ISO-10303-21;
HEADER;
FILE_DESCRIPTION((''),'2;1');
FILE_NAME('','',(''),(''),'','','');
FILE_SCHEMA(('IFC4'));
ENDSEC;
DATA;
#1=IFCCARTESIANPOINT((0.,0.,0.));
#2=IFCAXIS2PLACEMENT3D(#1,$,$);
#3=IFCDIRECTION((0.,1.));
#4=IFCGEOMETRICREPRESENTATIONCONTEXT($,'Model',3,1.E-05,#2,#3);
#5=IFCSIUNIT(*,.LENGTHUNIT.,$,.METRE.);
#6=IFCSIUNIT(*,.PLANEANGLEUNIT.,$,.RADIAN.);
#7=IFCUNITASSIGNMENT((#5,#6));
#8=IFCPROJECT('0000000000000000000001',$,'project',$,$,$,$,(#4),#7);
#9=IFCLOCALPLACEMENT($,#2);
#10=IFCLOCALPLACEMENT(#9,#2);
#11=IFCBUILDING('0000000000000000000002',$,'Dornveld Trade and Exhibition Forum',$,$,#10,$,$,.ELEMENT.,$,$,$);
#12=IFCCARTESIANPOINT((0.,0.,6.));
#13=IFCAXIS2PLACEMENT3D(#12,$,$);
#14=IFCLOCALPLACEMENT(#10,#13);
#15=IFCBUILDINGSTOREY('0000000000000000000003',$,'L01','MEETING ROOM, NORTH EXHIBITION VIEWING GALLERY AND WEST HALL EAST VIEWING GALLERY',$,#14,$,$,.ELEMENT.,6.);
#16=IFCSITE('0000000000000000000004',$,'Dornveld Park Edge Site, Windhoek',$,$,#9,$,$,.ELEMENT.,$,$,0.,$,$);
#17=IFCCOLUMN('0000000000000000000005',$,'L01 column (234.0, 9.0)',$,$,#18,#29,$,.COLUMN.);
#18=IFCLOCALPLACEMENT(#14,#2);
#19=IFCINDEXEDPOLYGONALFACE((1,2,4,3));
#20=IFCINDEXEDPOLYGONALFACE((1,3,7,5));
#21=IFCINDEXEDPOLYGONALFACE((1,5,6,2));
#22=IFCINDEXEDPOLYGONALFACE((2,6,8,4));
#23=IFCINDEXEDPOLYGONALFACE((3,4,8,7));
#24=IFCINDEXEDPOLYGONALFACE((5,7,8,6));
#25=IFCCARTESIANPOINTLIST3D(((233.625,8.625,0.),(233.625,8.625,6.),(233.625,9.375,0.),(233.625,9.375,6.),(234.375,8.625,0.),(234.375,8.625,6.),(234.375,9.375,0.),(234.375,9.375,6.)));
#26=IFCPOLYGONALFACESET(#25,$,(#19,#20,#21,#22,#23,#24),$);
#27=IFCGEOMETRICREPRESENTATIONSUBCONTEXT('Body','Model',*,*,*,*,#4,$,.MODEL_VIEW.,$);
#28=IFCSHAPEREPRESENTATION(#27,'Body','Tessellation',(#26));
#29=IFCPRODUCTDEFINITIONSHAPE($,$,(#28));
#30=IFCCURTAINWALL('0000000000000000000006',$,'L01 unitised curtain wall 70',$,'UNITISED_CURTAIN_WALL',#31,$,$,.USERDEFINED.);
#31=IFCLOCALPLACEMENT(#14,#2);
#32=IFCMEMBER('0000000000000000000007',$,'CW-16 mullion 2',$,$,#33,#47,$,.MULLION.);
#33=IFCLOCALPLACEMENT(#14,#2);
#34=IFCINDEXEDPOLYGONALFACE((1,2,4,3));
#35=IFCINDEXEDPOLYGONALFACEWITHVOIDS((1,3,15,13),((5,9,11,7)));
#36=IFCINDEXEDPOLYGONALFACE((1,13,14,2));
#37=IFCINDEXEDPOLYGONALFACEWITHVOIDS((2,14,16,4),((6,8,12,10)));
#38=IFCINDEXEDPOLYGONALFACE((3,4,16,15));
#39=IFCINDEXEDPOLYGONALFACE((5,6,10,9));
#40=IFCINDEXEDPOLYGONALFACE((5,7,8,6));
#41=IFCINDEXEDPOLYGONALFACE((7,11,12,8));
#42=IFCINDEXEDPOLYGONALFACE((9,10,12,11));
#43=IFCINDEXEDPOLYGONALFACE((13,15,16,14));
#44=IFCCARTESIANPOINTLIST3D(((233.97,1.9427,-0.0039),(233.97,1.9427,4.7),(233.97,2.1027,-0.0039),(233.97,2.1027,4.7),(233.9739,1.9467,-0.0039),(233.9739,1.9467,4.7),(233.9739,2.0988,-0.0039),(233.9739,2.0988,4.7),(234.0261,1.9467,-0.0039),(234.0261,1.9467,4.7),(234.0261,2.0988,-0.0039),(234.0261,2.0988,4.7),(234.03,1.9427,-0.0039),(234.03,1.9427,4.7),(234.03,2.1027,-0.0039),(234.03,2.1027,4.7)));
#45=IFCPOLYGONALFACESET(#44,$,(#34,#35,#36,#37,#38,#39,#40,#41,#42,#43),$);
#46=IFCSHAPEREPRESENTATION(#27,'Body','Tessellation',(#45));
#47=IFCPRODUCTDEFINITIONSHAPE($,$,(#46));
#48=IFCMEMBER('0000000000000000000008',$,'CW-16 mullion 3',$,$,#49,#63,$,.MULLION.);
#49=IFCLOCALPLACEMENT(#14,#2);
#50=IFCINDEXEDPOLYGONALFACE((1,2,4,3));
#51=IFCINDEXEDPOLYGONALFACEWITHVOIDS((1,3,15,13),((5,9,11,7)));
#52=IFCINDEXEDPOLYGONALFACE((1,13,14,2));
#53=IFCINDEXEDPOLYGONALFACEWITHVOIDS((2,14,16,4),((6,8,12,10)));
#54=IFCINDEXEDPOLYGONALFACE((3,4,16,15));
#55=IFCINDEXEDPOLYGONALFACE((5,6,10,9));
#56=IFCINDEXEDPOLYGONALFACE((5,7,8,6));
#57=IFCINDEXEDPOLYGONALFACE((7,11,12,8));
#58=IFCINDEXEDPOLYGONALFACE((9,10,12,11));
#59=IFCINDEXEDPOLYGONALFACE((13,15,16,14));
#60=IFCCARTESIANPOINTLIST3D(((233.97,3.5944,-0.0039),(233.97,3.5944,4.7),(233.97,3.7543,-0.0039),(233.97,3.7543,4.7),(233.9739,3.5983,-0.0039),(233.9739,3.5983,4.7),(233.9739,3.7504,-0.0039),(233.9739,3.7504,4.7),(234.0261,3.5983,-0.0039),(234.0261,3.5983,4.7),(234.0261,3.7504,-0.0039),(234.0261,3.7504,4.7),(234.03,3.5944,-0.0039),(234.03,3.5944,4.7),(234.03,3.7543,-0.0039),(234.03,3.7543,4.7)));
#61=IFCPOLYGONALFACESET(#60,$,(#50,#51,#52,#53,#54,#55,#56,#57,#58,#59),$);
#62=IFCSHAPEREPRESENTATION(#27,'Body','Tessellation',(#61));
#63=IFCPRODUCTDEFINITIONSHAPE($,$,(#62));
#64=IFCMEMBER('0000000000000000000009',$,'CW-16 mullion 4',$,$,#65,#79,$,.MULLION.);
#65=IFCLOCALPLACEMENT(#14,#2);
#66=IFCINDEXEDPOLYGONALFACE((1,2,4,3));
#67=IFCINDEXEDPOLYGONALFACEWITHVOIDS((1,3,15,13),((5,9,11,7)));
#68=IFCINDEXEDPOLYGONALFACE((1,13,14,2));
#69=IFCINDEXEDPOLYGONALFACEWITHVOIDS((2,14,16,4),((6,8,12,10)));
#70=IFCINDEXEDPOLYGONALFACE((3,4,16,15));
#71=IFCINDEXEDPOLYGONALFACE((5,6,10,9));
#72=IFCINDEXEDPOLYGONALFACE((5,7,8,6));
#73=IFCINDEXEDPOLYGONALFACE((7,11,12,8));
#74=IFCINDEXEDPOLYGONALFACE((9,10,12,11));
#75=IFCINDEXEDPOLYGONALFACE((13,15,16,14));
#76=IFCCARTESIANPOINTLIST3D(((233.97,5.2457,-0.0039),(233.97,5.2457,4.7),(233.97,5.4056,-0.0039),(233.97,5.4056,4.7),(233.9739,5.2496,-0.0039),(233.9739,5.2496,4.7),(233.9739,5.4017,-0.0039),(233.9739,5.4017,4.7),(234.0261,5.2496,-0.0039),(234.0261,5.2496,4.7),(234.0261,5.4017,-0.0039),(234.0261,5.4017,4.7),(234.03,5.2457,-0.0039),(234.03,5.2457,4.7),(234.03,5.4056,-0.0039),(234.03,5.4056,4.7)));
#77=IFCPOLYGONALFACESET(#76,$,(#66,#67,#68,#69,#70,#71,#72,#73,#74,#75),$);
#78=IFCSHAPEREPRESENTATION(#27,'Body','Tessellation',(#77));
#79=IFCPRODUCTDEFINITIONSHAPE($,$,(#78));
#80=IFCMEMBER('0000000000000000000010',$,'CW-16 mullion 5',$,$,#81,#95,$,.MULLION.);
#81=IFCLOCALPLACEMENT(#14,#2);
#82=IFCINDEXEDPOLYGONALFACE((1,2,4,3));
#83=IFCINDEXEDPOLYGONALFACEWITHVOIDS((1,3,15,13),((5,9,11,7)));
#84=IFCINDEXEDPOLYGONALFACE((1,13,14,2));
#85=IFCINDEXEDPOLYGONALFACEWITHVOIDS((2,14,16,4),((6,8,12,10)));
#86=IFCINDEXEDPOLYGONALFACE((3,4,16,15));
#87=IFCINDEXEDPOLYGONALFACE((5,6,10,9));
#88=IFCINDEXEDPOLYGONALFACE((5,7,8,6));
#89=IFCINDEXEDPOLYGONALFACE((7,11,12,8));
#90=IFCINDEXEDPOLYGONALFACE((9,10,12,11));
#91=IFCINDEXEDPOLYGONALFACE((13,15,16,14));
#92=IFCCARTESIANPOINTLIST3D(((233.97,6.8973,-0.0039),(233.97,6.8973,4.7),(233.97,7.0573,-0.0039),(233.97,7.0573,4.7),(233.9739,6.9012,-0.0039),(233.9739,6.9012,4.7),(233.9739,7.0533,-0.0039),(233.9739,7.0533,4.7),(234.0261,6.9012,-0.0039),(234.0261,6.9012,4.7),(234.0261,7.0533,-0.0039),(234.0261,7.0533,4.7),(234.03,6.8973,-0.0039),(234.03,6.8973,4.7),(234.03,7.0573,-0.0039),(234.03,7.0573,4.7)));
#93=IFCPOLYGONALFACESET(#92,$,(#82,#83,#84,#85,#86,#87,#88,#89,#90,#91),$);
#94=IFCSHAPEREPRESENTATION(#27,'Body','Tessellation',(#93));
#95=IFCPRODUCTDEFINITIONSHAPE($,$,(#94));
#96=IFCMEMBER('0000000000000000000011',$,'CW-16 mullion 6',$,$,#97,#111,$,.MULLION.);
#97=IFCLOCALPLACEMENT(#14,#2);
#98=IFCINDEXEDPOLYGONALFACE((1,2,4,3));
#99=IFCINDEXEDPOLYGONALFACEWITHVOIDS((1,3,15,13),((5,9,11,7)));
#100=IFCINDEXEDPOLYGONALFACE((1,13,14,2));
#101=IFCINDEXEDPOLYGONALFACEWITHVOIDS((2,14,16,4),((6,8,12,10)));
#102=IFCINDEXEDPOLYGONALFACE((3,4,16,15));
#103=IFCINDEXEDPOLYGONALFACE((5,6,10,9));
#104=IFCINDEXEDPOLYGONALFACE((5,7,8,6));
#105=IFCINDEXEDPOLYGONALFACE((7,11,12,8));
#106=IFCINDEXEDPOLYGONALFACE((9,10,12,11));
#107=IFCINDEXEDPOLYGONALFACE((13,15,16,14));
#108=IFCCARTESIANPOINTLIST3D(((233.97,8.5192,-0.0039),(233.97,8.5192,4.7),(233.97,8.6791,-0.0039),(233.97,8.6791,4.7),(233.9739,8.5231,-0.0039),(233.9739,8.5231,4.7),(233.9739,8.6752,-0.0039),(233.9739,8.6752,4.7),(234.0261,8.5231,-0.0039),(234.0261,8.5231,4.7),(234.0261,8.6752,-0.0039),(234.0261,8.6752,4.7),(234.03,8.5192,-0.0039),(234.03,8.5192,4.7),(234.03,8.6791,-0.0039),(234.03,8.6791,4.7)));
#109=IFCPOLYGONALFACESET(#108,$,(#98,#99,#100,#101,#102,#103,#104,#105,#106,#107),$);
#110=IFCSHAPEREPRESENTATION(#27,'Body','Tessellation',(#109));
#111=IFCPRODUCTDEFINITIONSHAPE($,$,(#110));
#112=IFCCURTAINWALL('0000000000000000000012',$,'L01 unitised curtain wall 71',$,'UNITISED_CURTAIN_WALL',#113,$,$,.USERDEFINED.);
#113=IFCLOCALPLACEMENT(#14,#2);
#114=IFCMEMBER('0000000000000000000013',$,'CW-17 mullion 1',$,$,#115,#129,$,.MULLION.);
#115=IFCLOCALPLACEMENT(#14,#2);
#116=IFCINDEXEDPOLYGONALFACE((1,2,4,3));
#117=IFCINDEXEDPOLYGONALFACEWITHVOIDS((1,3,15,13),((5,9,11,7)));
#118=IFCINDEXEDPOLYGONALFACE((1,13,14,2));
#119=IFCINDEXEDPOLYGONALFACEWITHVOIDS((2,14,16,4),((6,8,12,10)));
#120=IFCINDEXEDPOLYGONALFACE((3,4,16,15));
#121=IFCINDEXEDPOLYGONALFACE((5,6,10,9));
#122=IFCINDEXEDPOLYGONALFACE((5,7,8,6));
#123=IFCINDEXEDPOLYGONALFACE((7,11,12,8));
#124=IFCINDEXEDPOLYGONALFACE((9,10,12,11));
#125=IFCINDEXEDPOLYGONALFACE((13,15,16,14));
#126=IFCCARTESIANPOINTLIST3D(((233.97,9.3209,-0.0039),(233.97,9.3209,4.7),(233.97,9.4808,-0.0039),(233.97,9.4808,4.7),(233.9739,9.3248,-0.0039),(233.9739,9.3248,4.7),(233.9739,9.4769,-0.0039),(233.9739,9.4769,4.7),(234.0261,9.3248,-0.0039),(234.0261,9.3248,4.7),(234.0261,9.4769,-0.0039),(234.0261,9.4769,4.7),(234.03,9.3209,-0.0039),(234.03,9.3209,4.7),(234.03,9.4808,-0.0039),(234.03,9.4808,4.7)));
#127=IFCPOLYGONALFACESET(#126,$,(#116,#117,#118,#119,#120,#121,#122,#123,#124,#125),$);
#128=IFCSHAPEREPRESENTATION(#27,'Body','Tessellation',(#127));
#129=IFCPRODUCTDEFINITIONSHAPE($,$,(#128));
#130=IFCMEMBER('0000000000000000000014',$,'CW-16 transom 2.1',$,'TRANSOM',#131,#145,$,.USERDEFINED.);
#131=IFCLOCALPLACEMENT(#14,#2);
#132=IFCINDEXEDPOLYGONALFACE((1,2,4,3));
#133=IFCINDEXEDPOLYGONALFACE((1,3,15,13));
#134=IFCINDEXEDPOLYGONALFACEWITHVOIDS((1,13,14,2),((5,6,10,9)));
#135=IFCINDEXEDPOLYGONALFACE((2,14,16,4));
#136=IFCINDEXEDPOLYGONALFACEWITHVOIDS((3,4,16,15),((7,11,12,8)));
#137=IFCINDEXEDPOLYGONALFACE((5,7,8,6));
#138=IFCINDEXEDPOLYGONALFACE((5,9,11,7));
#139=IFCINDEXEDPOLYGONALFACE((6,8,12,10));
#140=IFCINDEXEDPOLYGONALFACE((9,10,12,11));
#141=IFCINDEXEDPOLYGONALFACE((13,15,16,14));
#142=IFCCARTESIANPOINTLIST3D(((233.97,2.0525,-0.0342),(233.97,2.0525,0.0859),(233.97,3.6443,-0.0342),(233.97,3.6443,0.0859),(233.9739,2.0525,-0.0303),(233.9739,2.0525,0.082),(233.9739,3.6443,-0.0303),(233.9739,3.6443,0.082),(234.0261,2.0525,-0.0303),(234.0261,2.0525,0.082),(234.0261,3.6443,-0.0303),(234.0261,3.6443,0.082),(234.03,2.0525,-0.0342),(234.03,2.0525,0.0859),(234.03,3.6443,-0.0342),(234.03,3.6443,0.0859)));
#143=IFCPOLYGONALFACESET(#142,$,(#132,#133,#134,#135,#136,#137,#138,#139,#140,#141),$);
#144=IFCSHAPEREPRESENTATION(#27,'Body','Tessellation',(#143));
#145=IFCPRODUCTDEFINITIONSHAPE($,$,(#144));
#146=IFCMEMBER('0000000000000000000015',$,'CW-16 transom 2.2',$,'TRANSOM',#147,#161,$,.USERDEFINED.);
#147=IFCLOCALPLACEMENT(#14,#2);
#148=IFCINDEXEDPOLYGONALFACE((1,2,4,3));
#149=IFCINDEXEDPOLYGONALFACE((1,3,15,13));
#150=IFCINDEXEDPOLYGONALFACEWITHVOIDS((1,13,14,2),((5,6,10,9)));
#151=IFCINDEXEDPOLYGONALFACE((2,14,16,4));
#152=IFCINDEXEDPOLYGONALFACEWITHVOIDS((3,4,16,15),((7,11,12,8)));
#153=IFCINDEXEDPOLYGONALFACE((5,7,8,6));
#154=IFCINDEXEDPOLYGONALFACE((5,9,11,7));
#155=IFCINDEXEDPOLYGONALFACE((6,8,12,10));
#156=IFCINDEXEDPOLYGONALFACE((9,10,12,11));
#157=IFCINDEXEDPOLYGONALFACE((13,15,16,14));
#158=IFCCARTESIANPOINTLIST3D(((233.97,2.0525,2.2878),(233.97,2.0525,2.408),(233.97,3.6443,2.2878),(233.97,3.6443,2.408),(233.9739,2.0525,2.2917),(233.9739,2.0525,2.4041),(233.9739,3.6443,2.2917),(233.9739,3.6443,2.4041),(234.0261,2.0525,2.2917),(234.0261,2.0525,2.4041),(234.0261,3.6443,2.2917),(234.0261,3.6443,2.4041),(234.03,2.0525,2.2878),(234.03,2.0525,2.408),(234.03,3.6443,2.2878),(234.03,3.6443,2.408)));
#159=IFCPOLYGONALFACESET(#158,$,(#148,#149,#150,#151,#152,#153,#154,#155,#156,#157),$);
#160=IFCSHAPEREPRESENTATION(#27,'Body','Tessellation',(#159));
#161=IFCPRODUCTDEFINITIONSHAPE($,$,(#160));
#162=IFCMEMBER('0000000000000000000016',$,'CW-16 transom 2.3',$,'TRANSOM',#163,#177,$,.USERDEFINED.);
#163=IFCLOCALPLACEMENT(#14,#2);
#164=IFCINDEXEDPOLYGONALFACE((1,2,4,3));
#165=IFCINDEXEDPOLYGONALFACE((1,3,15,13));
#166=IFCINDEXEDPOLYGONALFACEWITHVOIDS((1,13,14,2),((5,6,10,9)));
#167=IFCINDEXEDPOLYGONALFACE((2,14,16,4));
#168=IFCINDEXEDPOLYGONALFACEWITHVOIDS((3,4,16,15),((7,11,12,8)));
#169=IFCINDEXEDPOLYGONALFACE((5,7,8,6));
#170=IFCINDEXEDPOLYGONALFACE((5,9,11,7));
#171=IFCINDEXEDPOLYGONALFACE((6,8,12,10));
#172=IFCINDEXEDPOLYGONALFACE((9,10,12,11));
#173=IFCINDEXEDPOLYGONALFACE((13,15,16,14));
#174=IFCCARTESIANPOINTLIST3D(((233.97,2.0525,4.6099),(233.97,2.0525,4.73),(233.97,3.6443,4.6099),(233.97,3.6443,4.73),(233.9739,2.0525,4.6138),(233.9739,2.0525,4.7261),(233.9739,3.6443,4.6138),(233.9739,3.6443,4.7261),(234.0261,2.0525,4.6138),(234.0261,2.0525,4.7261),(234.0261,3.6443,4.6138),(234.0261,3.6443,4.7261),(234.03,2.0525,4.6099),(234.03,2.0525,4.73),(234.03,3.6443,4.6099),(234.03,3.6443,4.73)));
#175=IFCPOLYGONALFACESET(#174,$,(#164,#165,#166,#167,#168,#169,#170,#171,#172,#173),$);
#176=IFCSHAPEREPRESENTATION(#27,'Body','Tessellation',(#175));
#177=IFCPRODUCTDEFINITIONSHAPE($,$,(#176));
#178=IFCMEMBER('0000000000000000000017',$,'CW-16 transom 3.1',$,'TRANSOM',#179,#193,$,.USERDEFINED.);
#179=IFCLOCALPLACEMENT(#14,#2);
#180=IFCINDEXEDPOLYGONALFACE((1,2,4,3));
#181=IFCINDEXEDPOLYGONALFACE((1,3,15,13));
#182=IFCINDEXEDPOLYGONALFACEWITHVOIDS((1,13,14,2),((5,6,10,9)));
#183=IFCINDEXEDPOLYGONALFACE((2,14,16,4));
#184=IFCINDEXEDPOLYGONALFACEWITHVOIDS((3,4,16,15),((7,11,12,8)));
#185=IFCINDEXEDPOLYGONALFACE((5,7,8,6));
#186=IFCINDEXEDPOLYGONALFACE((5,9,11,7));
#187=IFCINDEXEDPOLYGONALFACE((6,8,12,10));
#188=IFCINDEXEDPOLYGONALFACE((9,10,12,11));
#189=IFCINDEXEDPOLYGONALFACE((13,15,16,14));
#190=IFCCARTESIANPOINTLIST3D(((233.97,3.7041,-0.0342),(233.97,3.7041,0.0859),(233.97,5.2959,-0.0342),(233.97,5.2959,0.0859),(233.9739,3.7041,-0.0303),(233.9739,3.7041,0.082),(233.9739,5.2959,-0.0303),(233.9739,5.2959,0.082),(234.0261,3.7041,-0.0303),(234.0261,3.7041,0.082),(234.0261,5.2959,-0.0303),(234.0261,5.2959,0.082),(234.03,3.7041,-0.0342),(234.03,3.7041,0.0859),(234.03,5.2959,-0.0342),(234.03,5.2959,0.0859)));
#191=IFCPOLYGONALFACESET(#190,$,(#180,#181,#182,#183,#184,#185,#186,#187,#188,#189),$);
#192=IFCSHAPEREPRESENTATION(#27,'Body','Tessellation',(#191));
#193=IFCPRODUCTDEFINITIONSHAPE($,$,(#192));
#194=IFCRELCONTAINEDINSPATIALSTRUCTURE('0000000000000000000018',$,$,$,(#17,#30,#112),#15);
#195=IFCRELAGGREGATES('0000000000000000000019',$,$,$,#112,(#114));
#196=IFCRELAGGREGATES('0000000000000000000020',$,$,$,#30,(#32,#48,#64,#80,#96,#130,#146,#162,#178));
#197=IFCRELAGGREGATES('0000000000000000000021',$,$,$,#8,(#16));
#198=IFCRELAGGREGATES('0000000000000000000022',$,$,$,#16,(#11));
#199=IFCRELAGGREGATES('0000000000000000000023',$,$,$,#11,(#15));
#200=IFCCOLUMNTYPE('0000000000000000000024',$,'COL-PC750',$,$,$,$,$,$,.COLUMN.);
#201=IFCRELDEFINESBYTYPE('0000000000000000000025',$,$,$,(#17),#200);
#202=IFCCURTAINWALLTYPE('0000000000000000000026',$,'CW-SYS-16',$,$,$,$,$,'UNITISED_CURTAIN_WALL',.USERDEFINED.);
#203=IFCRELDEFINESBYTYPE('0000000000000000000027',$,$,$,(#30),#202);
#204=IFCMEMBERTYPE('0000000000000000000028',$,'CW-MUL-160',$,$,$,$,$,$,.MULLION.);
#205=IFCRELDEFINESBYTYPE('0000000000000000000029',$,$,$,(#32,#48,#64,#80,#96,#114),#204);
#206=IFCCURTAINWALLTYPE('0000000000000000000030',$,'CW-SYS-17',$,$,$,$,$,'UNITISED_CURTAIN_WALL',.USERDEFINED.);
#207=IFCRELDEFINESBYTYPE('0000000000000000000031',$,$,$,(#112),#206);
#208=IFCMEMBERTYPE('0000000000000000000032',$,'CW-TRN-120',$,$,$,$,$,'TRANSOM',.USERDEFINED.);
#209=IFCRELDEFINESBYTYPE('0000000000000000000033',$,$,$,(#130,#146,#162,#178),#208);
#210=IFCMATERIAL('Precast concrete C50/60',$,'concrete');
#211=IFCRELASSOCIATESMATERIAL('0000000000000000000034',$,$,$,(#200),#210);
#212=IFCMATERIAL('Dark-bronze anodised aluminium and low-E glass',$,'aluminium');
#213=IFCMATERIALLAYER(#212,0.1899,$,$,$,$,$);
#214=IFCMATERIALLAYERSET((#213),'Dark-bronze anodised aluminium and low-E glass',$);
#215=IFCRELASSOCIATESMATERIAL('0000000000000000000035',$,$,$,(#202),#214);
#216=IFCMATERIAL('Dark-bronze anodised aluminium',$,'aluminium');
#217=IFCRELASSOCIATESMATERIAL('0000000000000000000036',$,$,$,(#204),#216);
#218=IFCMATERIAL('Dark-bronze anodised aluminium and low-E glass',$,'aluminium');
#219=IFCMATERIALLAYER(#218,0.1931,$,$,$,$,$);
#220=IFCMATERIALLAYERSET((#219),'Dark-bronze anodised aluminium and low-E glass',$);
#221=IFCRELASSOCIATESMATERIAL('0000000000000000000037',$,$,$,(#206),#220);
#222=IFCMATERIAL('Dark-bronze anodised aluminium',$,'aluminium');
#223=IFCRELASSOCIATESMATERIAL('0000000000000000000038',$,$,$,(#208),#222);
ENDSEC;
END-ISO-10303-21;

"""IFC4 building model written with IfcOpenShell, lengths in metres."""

from ifc_helpers import new_model, si_unit, direction, frame, origin, origin_2d, place, context, subcontext, project, spatial, rectangle, hollow_rectangle, extrude, material, layer, layer_set, material_profile, profile_set, type_object, element, aggregate, save


model = new_model("IFC4")

# Units and contexts
model_context = context("Model", 3, precision=1e-05, world=origin(), true_north=direction((0.0, 1.0)))
body_context = subcontext(model_context, "Body", "Model", "MODEL_VIEW")
ifc_project = project(units=[si_unit("LENGTHUNIT", "METRE"), si_unit("PLANEANGLEUNIT", "RADIAN")], contexts=[model_context])

# Site, building, storey
site_placement = place(None, origin())
site = spatial("IfcSite", under=ifc_project, at=site_placement, Name="Dornveld Park Edge Site, Windhoek", CompositionType="ELEMENT", RefElevation=0.0)
building_placement = place(site_placement, origin())
building = spatial("IfcBuilding", under=site, at=building_placement, Name="Dornveld Trade and Exhibition Forum", CompositionType="ELEMENT")
storey_placement = place(building_placement, frame((0.0, 0.0, 6.0)))
storey = spatial("IfcBuildingStorey", under=building, at=storey_placement, Name="L01", Description="MEETING ROOM, NORTH EXHIBITION VIEWING GALLERY AND WEST HALL EAST VIEWING GALLERY", CompositionType="ELEMENT", Elevation=6.0)

# Column
ifc_material_1 = material(Name="Precast concrete C50/60", Category="concrete")
ifc_material_profile_1 = material_profile(ifc_material_1, rectangle(XDim=0.75, YDim=0.75, at=origin_2d()), Name="PC-COL 750x750")
ifc_profile_set_1 = profile_set([ifc_material_profile_1], Name="Precast concrete C50/60")
column_type = type_object("IfcColumnType", Name="COL-PC750", PredefinedType="COLUMN", material=ifc_profile_set_1)
column_placement = place(storey_placement, frame((234.0, 9.0, 0.0), z_axis=(0.0, 0.0, 1.0), x_axis=(1.0, 0.0, 0.0)))
element("IfcColumn", 1, at=column_placement, inside=storey, type_object=column_type, Name="L01 column (234.0, 9.0)", PredefinedType="COLUMN", context=body_context, shape_type="SweptSolid", body=[
    extrude(rectangle(XDim=0.75, YDim=0.75, at=origin_2d()), origin(), (0.0, 0.0, 1.0), 6.0),
])

# Curtain wall, members
ifc_material_2 = material(Name="Dark-bronze anodised aluminium and low-E glass", Category="aluminium")
ifc_layer_1 = layer(ifc_material_2, 0.1899)
ifc_layer_set_1 = layer_set([ifc_layer_1], Name="Dark-bronze anodised aluminium and low-E glass")
curtain_wall_type_1 = type_object("IfcCurtainWallType", Name="CW-SYS-16", ElementType="UNITISED_CURTAIN_WALL", PredefinedType="USERDEFINED", material=ifc_layer_set_1)
curtain_wall_1_placement = place(storey_placement, origin())
curtain_wall_1 = element("IfcCurtainWall", 2, at=curtain_wall_1_placement, inside=storey, type_object=curtain_wall_type_1, Name="L01 unitised curtain wall 70", ObjectType="UNITISED_CURTAIN_WALL", PredefinedType="USERDEFINED")
ifc_material_3 = material(Name="Dark-bronze anodised aluminium", Category="aluminium")
ifc_material_profile_2 = material_profile(ifc_material_3, hollow_rectangle(XDim=0.0601, YDim=0.1599, WallThickness=0.0039, at=origin_2d()), Name="RHS 160x60x4")
ifc_profile_set_2 = profile_set([ifc_material_profile_2], Name="Dark-bronze anodised aluminium")
member_type_1 = type_object("IfcMemberType", Name="CW-MUL-160", PredefinedType="MULLION", material=ifc_profile_set_2)
member_1_placement = place(storey_placement, frame((234.0, 2.0227, -0.0039), z_axis=(0.0, 0.0, 1.0), x_axis=(-1.0, 0.0, 0.0)))
member_1 = element("IfcMember", 3, at=member_1_placement, type_object=member_type_1, Name="CW-16 mullion 2", PredefinedType="MULLION", context=body_context, shape_type="SweptSolid", body=[
    extrude(hollow_rectangle(XDim=0.0601, YDim=0.1599, WallThickness=0.0039, at=origin_2d()), origin(), (0.0, 0.0, 1.0), 4.7039),
])
member_2_placement = place(storey_placement, frame((234.0, 3.6743, -0.0039), z_axis=(0.0, 0.0, 1.0), x_axis=(-1.0, 0.0, 0.0)))
member_2 = element("IfcMember", 4, at=member_2_placement, type_object=member_type_1, Name="CW-16 mullion 3", PredefinedType="MULLION", context=body_context, shape_type="SweptSolid", body=[
    extrude(hollow_rectangle(XDim=0.0601, YDim=0.1599, WallThickness=0.0039, at=origin_2d()), origin(), (0.0, 0.0, 1.0), 4.7039),
])
member_3_placement = place(storey_placement, frame((234.0, 5.3257, -0.0039), z_axis=(0.0, 0.0, 1.0), x_axis=(-1.0, 0.0, 0.0)))
member_3 = element("IfcMember", 5, at=member_3_placement, type_object=member_type_1, Name="CW-16 mullion 4", PredefinedType="MULLION", context=body_context, shape_type="SweptSolid", body=[
    extrude(hollow_rectangle(XDim=0.0601, YDim=0.1599, WallThickness=0.0039, at=origin_2d()), origin(), (0.0, 0.0, 1.0), 4.7039),
])
member_4_placement = place(storey_placement, frame((234.0, 6.9773, -0.0039), z_axis=(0.0, 0.0, 1.0), x_axis=(-1.0, 0.0, 0.0)))
member_4 = element("IfcMember", 6, at=member_4_placement, type_object=member_type_1, Name="CW-16 mullion 5", PredefinedType="MULLION", context=body_context, shape_type="SweptSolid", body=[
    extrude(hollow_rectangle(XDim=0.0601, YDim=0.1599, WallThickness=0.0039, at=origin_2d()), origin(), (0.0, 0.0, 1.0), 4.7039),
])
member_5_placement = place(storey_placement, frame((234.0, 8.5991, -0.0039), z_axis=(0.0, 0.0, 1.0), x_axis=(-1.0, 0.0, 0.0)))
member_5 = element("IfcMember", 7, at=member_5_placement, type_object=member_type_1, Name="CW-16 mullion 6", PredefinedType="MULLION", context=body_context, shape_type="SweptSolid", body=[
    extrude(hollow_rectangle(XDim=0.0601, YDim=0.1599, WallThickness=0.0039, at=origin_2d()), origin(), (0.0, 0.0, 1.0), 4.7039),
])

# Curtain wall, member
ifc_material_4 = material(Name="Dark-bronze anodised aluminium and low-E glass", Category="aluminium")
ifc_layer_2 = layer(ifc_material_4, 0.1931)
ifc_layer_set_2 = layer_set([ifc_layer_2], Name="Dark-bronze anodised aluminium and low-E glass")
curtain_wall_type_2 = type_object("IfcCurtainWallType", Name="CW-SYS-17", ElementType="UNITISED_CURTAIN_WALL", PredefinedType="USERDEFINED", material=ifc_layer_set_2)
curtain_wall_2_placement = place(storey_placement, origin())
curtain_wall_2 = element("IfcCurtainWall", 8, at=curtain_wall_2_placement, inside=storey, type_object=curtain_wall_type_2, Name="L01 unitised curtain wall 71", ObjectType="UNITISED_CURTAIN_WALL", PredefinedType="USERDEFINED")
member_6_placement = place(storey_placement, frame((234.0, 9.4009, -0.0039), z_axis=(0.0, 0.0, 1.0), x_axis=(-1.0, 0.0, 0.0)))
member_6 = element("IfcMember", 9, at=member_6_placement, type_object=member_type_1, Name="CW-17 mullion 1", PredefinedType="MULLION", context=body_context, shape_type="SweptSolid", body=[
    extrude(hollow_rectangle(XDim=0.0601, YDim=0.1599, WallThickness=0.0039, at=origin_2d()), origin(), (0.0, 0.0, 1.0), 4.7039),
])

# Members
ifc_material_5 = material(Name="Dark-bronze anodised aluminium", Category="aluminium")
ifc_material_profile_3 = material_profile(ifc_material_5, hollow_rectangle(XDim=0.0601, YDim=0.1201, WallThickness=0.0039, at=origin_2d()), Name="RHS 120x60x4")
ifc_profile_set_3 = profile_set([ifc_material_profile_3], Name="Dark-bronze anodised aluminium")
member_type_2 = type_object("IfcMemberType", Name="CW-TRN-120", ElementType="TRANSOM", PredefinedType="USERDEFINED", material=ifc_profile_set_3)
member_7_placement = place(storey_placement, frame((234.0, 2.0525, 0.0259), z_axis=(0.0, 1.0, 0.0), x_axis=(-1.0, 0.0, 0.0)))
member_7 = element("IfcMember", 10, at=member_7_placement, type_object=member_type_2, Name="CW-16 transom 2.1", ObjectType="TRANSOM", PredefinedType="USERDEFINED", context=body_context, shape_type="SweptSolid", body=[
    extrude(hollow_rectangle(XDim=0.0601, YDim=0.1201, WallThickness=0.0039, at=origin_2d()), origin(), (0.0, 0.0, 1.0), 1.5918),
])
member_8_placement = place(storey_placement, frame((234.0, 2.0525, 2.3479), z_axis=(0.0, 1.0, 0.0), x_axis=(-1.0, 0.0, 0.0)))
member_8 = element("IfcMember", 11, at=member_8_placement, type_object=member_type_2, Name="CW-16 transom 2.2", ObjectType="TRANSOM", PredefinedType="USERDEFINED", context=body_context, shape_type="SweptSolid", body=[
    extrude(hollow_rectangle(XDim=0.0601, YDim=0.1201, WallThickness=0.0039, at=origin_2d()), origin(), (0.0, 0.0, 1.0), 1.5918),
])
member_9_placement = place(storey_placement, frame((234.0, 2.0525, 4.6699), z_axis=(0.0, 1.0, 0.0), x_axis=(-1.0, 0.0, 0.0)))
member_9 = element("IfcMember", 12, at=member_9_placement, type_object=member_type_2, Name="CW-16 transom 2.3", ObjectType="TRANSOM", PredefinedType="USERDEFINED", context=body_context, shape_type="SweptSolid", body=[
    extrude(hollow_rectangle(XDim=0.0601, YDim=0.1201, WallThickness=0.0039, at=origin_2d()), origin(), (0.0, 0.0, 1.0), 1.5918),
])
member_10_placement = place(storey_placement, frame((234.0, 3.7041, 0.0259), z_axis=(0.0, 1.0, 0.0), x_axis=(-1.0, 0.0, 0.0)))
member_10 = element("IfcMember", 13, at=member_10_placement, type_object=member_type_2, Name="CW-16 transom 3.1", ObjectType="TRANSOM", PredefinedType="USERDEFINED", context=body_context, shape_type="SweptSolid", body=[
    extrude(hollow_rectangle(XDim=0.0601, YDim=0.1201, WallThickness=0.0039, at=origin_2d()), origin(), (0.0, 0.0, 1.0), 1.5918),
])
aggregate(curtain_wall_2, [member_6])

aggregate(curtain_wall_1, [member_1, member_2, member_3, member_4, member_5, member_7, member_8, member_9, member_10])

save(model, "model.ifc")
